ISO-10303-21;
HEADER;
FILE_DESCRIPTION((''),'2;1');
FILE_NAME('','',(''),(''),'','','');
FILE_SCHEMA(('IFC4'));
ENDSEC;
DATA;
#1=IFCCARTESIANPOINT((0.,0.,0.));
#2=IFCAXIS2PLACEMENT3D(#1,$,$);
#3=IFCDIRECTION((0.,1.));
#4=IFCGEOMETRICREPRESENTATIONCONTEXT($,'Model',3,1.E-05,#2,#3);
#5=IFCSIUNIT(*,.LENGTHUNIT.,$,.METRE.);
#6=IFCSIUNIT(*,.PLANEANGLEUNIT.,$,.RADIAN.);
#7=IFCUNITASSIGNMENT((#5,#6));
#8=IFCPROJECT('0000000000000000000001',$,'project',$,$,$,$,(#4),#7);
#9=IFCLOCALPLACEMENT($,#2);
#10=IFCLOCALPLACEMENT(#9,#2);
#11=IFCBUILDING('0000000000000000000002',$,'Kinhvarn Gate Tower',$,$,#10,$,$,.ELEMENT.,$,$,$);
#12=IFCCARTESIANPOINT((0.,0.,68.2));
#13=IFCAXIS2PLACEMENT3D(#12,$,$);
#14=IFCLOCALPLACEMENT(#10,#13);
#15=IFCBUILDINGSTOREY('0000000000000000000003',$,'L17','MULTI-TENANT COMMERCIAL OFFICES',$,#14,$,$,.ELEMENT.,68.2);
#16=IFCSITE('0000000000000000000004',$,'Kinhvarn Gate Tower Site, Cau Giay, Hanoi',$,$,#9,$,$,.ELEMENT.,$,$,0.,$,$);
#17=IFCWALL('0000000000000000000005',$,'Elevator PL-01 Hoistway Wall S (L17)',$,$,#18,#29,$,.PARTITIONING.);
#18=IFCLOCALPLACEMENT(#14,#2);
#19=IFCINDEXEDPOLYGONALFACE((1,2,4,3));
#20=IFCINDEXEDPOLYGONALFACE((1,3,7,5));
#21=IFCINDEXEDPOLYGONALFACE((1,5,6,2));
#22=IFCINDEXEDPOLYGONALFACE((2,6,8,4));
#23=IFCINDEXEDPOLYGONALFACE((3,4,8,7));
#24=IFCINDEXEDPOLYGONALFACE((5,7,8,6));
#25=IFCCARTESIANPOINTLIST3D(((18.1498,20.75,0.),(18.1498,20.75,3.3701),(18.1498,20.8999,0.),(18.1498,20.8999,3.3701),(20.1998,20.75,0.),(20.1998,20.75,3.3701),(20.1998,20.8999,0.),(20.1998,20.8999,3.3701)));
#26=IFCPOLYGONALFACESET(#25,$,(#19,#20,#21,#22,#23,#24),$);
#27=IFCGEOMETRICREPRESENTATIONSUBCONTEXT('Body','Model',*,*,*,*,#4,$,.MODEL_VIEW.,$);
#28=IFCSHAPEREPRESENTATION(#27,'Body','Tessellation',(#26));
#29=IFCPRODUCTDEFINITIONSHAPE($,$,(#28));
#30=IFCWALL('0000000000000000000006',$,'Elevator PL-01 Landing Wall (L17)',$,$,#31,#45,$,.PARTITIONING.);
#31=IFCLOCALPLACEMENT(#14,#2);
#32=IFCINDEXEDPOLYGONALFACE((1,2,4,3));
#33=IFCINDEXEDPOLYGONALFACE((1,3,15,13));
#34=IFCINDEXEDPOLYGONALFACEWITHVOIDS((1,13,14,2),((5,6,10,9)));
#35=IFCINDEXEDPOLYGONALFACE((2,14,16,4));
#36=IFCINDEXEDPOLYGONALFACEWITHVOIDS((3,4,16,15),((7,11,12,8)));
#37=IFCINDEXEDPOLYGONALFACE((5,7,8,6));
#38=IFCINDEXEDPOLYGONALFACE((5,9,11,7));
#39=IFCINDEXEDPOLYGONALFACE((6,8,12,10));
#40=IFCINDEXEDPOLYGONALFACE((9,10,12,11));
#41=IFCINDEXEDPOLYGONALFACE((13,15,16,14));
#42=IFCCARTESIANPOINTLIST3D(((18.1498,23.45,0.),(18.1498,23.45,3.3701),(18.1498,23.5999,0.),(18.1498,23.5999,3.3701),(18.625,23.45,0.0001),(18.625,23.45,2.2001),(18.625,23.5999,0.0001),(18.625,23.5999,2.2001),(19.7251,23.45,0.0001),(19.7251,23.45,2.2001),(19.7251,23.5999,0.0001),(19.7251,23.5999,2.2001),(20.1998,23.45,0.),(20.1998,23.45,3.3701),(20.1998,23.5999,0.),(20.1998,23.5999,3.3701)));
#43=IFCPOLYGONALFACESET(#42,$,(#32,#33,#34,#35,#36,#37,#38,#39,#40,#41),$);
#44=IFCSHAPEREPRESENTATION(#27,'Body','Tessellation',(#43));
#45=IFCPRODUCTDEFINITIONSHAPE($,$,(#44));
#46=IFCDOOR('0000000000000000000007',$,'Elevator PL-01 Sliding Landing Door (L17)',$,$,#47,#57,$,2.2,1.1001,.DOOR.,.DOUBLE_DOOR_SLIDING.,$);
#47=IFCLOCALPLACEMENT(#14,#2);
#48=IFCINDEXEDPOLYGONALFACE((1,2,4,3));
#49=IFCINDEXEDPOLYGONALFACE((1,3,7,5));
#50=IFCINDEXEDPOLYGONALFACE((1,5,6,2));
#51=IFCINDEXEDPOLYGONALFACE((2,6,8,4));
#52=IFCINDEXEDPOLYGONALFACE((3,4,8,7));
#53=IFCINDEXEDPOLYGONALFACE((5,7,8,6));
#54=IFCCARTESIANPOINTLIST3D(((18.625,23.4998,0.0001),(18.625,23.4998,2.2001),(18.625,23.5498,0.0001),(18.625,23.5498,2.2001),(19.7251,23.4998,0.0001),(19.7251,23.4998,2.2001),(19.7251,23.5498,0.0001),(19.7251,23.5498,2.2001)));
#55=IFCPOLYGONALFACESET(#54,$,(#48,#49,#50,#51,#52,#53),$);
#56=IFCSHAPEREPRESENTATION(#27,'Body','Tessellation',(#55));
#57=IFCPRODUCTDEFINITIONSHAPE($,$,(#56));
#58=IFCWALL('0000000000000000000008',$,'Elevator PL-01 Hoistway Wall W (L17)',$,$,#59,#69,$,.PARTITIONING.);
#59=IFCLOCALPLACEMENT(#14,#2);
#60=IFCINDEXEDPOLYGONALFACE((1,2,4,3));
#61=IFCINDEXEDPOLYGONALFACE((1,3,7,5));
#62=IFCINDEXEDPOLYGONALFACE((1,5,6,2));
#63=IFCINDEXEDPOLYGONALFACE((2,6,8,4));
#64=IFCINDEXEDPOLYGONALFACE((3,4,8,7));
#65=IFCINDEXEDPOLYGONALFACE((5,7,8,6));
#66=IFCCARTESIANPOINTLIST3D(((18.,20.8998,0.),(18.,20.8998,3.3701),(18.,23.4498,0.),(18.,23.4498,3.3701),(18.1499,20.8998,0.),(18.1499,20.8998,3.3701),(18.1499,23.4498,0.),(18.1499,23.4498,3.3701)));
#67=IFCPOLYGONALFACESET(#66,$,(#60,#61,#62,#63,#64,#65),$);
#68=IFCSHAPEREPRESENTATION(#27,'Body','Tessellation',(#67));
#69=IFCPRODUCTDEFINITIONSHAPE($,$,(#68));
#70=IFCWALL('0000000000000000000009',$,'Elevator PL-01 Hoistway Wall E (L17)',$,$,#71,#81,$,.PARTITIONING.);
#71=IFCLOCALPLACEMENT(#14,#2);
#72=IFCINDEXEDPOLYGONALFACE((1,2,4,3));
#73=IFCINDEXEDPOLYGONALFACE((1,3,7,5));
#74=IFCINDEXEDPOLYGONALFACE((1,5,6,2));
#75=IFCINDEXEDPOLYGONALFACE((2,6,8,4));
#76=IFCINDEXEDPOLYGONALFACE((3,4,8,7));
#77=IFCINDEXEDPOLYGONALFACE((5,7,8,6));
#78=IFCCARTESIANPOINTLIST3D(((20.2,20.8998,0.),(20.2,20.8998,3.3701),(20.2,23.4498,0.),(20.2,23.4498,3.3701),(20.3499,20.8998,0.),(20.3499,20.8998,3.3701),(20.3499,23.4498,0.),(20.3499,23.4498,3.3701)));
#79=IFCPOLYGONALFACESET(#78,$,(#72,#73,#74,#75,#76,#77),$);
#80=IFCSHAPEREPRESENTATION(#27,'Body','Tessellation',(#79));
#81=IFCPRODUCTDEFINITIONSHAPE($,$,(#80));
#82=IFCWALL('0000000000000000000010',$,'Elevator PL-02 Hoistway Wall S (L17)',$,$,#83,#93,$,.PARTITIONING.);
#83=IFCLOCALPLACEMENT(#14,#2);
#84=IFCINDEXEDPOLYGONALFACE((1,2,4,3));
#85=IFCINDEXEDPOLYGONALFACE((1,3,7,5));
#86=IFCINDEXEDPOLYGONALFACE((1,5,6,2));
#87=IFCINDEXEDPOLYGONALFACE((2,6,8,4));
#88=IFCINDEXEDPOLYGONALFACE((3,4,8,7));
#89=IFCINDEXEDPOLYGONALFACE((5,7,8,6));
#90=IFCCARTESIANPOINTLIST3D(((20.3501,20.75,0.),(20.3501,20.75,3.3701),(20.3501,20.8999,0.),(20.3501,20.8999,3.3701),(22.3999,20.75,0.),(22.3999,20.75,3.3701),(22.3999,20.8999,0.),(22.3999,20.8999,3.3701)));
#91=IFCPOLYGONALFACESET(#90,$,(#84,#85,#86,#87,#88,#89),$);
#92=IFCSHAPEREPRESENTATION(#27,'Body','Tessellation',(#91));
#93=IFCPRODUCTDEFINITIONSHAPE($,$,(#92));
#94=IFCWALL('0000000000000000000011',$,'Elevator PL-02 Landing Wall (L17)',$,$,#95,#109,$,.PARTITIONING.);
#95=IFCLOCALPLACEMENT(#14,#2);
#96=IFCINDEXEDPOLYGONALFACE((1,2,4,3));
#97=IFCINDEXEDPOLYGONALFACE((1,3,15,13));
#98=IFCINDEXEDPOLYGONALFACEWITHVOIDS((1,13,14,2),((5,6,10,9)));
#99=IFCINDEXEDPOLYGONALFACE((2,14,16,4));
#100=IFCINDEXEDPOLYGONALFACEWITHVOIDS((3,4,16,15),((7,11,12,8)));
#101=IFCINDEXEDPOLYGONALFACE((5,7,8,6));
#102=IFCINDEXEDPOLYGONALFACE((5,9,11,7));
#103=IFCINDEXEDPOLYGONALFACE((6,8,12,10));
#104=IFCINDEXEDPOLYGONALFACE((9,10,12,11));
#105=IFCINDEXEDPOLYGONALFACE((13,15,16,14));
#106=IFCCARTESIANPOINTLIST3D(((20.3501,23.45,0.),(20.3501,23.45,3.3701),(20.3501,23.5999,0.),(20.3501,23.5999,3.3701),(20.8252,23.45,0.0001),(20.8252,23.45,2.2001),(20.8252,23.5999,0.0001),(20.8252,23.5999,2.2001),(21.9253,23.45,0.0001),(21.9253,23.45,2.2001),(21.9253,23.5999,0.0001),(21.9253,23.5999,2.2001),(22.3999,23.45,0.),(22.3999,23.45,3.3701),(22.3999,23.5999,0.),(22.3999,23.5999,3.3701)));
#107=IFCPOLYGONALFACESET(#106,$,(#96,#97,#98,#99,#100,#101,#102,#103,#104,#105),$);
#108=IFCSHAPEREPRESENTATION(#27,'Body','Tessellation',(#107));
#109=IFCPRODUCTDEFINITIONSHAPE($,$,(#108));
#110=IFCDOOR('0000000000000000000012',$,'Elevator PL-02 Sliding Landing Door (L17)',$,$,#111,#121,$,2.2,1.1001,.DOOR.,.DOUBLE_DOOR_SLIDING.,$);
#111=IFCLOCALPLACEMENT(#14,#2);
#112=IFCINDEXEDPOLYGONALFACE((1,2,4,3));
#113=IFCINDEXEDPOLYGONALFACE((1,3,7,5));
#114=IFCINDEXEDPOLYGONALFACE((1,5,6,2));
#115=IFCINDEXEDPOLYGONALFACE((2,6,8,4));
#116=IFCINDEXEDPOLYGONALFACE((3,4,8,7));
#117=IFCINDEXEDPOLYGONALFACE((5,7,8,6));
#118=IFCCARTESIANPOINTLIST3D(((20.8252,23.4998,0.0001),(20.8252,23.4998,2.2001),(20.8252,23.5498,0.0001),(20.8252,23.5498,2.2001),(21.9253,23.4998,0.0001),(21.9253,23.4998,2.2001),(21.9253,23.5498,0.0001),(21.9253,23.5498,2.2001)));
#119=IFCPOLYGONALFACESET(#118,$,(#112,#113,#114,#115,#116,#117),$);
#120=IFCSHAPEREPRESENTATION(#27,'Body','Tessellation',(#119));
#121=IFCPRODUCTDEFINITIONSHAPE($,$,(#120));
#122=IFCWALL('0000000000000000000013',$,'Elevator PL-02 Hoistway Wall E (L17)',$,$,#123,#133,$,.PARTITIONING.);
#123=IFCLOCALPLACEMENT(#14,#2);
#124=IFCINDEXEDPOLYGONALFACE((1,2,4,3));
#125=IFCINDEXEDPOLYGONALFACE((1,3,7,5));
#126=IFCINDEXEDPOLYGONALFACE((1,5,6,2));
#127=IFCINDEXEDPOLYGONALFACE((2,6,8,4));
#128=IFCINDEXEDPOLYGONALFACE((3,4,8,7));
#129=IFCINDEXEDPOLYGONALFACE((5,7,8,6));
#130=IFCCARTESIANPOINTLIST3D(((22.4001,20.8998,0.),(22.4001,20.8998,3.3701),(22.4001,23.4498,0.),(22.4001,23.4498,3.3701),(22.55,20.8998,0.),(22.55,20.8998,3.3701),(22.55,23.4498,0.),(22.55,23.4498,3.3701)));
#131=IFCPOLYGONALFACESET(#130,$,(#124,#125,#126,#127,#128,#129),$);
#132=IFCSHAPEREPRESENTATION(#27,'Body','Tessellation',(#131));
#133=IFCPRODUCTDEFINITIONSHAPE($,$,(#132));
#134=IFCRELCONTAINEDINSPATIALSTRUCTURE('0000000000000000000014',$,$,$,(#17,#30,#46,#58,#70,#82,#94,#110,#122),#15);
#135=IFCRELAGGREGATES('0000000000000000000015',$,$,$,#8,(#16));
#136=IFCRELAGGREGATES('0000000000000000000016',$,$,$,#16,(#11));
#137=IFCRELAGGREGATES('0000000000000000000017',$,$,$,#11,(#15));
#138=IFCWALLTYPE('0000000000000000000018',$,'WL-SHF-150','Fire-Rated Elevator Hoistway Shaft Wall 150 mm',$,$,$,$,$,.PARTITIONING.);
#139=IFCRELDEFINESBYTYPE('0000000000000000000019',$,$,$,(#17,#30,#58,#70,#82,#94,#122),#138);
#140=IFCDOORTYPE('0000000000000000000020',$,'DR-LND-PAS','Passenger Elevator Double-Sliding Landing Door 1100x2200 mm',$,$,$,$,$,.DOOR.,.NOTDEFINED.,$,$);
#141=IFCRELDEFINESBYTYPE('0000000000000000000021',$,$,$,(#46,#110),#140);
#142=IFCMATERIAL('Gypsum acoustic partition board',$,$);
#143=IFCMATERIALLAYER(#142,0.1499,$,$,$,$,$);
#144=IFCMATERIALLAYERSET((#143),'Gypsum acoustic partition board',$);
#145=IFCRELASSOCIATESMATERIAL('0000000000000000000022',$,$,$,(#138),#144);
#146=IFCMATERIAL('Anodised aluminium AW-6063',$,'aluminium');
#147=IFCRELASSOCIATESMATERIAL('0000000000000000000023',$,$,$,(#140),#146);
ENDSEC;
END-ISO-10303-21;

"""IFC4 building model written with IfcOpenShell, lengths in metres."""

from ifc_helpers import new_model, si_unit, direction, frame, frame_2d, origin, place, context, subcontext, project, spatial, rectangle, extrude, material, layer, layer_set, type_object, element, fill, save


model = new_model("IFC4")

# Units and contexts
model_context = context("Model", 3, precision=1e-05, world=origin(), true_north=direction((0.0, 1.0)))
body_context = subcontext(model_context, "Body", "Model", "MODEL_VIEW")
ifc_project = project(units=[si_unit("LENGTHUNIT", "METRE"), si_unit("PLANEANGLEUNIT", "RADIAN")], contexts=[model_context])

# Site, building, storey
site_placement = place(None, origin())
site = spatial("IfcSite", under=ifc_project, at=site_placement, Name="Kinhvarn Gate Tower Site, Cau Giay, Hanoi", CompositionType="ELEMENT", RefElevation=0.0)
building_placement = place(site_placement, origin())
building = spatial("IfcBuilding", under=site, at=building_placement, Name="Kinhvarn Gate Tower", CompositionType="ELEMENT")
storey_placement = place(building_placement, frame((0.0, 0.0, 68.2)))
storey = spatial("IfcBuildingStorey", under=building, at=storey_placement, Name="L17", Description="MULTI-TENANT COMMERCIAL OFFICES", CompositionType="ELEMENT", Elevation=68.2)

# Shared definitions
ifc_material_1 = material(Name="Gypsum acoustic partition board")

# Shared definitions
ifc_material_2 = material(Name="Anodised aluminium AW-6063", Category="aluminium")

# Wall
ifc_layer_1 = layer(ifc_material_1, 0.1499)
ifc_layer_set_1 = layer_set([ifc_layer_1], Name="Gypsum acoustic partition board")
wall_type_1 = type_object("IfcWallType", Name="WL-SHF-150", Description="Fire-Rated Elevator Hoistway Shaft Wall 150 mm", PredefinedType="PARTITIONING", material=ifc_layer_set_1)
wall_1_placement = place(storey_placement, frame((18.1499, 20.825, 0.0), z_axis=(0.0, 0.0, 1.0), x_axis=(1.0, 0.0, 0.0)))
element("IfcWall", 1, at=wall_1_placement, inside=storey, type_object=wall_type_1, Name="Elevator PL-01 Hoistway Wall S (L17)", PredefinedType="PARTITIONING", context=body_context, shape_type="SweptSolid", body=[
    extrude(rectangle(XDim=2.05, YDim=0.1499, at=frame_2d((1.0249, 0.0))), origin(), (0.0, 0.0, 1.0), 3.3701),
])

# Wall, opening, door
wall_2_placement = place(storey_placement, frame((18.1499, 23.5249, 0.0), z_axis=(0.0, 0.0, 1.0), x_axis=(1.0, 0.0, 0.0)))
wall_2 = element("IfcWall", 2, at=wall_2_placement, inside=storey, type_object=wall_type_1, Name="Elevator PL-01 Landing Wall (L17)", PredefinedType="PARTITIONING", context=body_context, shape_type="SweptSolid", body=[
    extrude(rectangle(XDim=2.05, YDim=0.1499, at=frame_2d((1.0249, 0.0))), origin(), (0.0, 0.0, 1.0), 3.3701),
])
opening_1_placement = place(wall_2_placement, frame((0.4751, 0.0, 0.0)))
opening_1 = element("IfcOpeningElement", 3, at=opening_1_placement, cuts=wall_2, PredefinedType="OPENING", context=body_context, shape_type="SweptSolid", body=[
    extrude(rectangle(XDim=1.1001, YDim=2.2, at=frame_2d((0.55, 1.1001))), frame((0.0, 0.085, 0.0), z_axis=(0.0, -1.0, 0.0), x_axis=(1.0, 0.0, 0.0)), (0.0, 0.0, 1.0), 0.1699),
])
door_type_1 = type_object("IfcDoorType", Name="DR-LND-PAS", Description="Passenger Elevator Double-Sliding Landing Door 1100x2200 mm", OperationType="NOTDEFINED", PredefinedType="DOOR", material=ifc_material_2)
door_1_placement = place(opening_1_placement, origin())
door_1 = element("IfcDoor", 4, at=door_1_placement, inside=storey, type_object=door_type_1, Name="Elevator PL-01 Sliding Landing Door (L17)", OperationType="DOUBLE_DOOR_SLIDING", OverallHeight=2.2, OverallWidth=1.1001, PredefinedType="DOOR", context=body_context, shape_type="SweptSolid", body=[
    extrude(rectangle(XDim=1.1001, YDim=2.2, at=frame_2d((0.55, 1.1001))), frame((0.0, 0.0249, 0.0), z_axis=(0.0, -1.0, 0.0), x_axis=(1.0, 0.0, 0.0)), (0.0, 0.0, 1.0), 0.05),
])
fill(opening_1, door_1)

# Walls
for number, where, z_axis, x_axis, name in (
    (5, (18.075, 20.8999, 0.0), (0.0, 0.0, 1.0), (0.0, 1.0, 0.0), "Elevator PL-01 Hoistway Wall W (L17)"),
    (6, (20.2749, 20.8999, 0.0), (0.0, 0.0, 1.0), (0.0, 1.0, 0.0), "Elevator PL-01 Hoistway Wall E (L17)"),
):
    element("IfcWall", number, at=place(storey_placement, frame(where, z_axis=z_axis, x_axis=x_axis)), inside=storey, type_object=wall_type_1, Name=name, PredefinedType="PARTITIONING", context=body_context, shape_type="SweptSolid", body=[
        extrude(rectangle(XDim=2.55, YDim=0.1499, at=frame_2d((1.2749, 0.0))), origin(), (0.0, 0.0, 1.0), 3.3701),
    ])
wall_3_placement = place(storey_placement, frame((20.3501, 20.825, 0.0), z_axis=(0.0, 0.0, 1.0), x_axis=(1.0, 0.0, 0.0)))
element("IfcWall", 7, at=wall_3_placement, inside=storey, type_object=wall_type_1, Name="Elevator PL-02 Hoistway Wall S (L17)", PredefinedType="PARTITIONING", context=body_context, shape_type="SweptSolid", body=[
    extrude(rectangle(XDim=2.0498, YDim=0.1499, at=frame_2d((1.0249, 0.0))), origin(), (0.0, 0.0, 1.0), 3.3701),
])

# Wall, opening, door
wall_4_placement = place(storey_placement, frame((20.3501, 23.5249, 0.0), z_axis=(0.0, 0.0, 1.0), x_axis=(1.0, 0.0, 0.0)))
wall_4 = element("IfcWall", 8, at=wall_4_placement, inside=storey, type_object=wall_type_1, Name="Elevator PL-02 Landing Wall (L17)", PredefinedType="PARTITIONING", context=body_context, shape_type="SweptSolid", body=[
    extrude(rectangle(XDim=2.0498, YDim=0.1499, at=frame_2d((1.0249, 0.0))), origin(), (0.0, 0.0, 1.0), 3.3701),
])
opening_2_placement = place(wall_4_placement, frame((0.4751, 0.0, 0.0)))
opening_2 = element("IfcOpeningElement", 9, at=opening_2_placement, cuts=wall_4, PredefinedType="OPENING", context=body_context, shape_type="SweptSolid", body=[
    extrude(rectangle(XDim=1.1001, YDim=2.2, at=frame_2d((0.55, 1.1001))), frame((0.0, 0.085, 0.0), z_axis=(0.0, -1.0, 0.0), x_axis=(1.0, 0.0, 0.0)), (0.0, 0.0, 1.0), 0.1699),
])
door_2_placement = place(opening_2_placement, origin())
door_2 = element("IfcDoor", 10, at=door_2_placement, inside=storey, type_object=door_type_1, Name="Elevator PL-02 Sliding Landing Door (L17)", OperationType="DOUBLE_DOOR_SLIDING", OverallHeight=2.2, OverallWidth=1.1001, PredefinedType="DOOR", context=body_context, shape_type="SweptSolid", body=[
    extrude(rectangle(XDim=1.1001, YDim=2.2, at=frame_2d((0.55, 1.1001))), frame((0.0, 0.0249, 0.0), z_axis=(0.0, -1.0, 0.0), x_axis=(1.0, 0.0, 0.0)), (0.0, 0.0, 1.0), 0.05),
])
fill(opening_2, door_2)

# Wall
wall_5_placement = place(storey_placement, frame((22.4751, 20.8999, 0.0), z_axis=(0.0, 0.0, 1.0), x_axis=(0.0, 1.0, 0.0)))
element("IfcWall", 11, at=wall_5_placement, inside=storey, type_object=wall_type_1, Name="Elevator PL-02 Hoistway Wall E (L17)", PredefinedType="PARTITIONING", context=body_context, shape_type="SweptSolid", body=[
    extrude(rectangle(XDim=2.55, YDim=0.1499, at=frame_2d((1.2749, 0.0))), origin(), (0.0, 0.0, 1.0), 3.3701),
])

save(model, "model.ifc")
